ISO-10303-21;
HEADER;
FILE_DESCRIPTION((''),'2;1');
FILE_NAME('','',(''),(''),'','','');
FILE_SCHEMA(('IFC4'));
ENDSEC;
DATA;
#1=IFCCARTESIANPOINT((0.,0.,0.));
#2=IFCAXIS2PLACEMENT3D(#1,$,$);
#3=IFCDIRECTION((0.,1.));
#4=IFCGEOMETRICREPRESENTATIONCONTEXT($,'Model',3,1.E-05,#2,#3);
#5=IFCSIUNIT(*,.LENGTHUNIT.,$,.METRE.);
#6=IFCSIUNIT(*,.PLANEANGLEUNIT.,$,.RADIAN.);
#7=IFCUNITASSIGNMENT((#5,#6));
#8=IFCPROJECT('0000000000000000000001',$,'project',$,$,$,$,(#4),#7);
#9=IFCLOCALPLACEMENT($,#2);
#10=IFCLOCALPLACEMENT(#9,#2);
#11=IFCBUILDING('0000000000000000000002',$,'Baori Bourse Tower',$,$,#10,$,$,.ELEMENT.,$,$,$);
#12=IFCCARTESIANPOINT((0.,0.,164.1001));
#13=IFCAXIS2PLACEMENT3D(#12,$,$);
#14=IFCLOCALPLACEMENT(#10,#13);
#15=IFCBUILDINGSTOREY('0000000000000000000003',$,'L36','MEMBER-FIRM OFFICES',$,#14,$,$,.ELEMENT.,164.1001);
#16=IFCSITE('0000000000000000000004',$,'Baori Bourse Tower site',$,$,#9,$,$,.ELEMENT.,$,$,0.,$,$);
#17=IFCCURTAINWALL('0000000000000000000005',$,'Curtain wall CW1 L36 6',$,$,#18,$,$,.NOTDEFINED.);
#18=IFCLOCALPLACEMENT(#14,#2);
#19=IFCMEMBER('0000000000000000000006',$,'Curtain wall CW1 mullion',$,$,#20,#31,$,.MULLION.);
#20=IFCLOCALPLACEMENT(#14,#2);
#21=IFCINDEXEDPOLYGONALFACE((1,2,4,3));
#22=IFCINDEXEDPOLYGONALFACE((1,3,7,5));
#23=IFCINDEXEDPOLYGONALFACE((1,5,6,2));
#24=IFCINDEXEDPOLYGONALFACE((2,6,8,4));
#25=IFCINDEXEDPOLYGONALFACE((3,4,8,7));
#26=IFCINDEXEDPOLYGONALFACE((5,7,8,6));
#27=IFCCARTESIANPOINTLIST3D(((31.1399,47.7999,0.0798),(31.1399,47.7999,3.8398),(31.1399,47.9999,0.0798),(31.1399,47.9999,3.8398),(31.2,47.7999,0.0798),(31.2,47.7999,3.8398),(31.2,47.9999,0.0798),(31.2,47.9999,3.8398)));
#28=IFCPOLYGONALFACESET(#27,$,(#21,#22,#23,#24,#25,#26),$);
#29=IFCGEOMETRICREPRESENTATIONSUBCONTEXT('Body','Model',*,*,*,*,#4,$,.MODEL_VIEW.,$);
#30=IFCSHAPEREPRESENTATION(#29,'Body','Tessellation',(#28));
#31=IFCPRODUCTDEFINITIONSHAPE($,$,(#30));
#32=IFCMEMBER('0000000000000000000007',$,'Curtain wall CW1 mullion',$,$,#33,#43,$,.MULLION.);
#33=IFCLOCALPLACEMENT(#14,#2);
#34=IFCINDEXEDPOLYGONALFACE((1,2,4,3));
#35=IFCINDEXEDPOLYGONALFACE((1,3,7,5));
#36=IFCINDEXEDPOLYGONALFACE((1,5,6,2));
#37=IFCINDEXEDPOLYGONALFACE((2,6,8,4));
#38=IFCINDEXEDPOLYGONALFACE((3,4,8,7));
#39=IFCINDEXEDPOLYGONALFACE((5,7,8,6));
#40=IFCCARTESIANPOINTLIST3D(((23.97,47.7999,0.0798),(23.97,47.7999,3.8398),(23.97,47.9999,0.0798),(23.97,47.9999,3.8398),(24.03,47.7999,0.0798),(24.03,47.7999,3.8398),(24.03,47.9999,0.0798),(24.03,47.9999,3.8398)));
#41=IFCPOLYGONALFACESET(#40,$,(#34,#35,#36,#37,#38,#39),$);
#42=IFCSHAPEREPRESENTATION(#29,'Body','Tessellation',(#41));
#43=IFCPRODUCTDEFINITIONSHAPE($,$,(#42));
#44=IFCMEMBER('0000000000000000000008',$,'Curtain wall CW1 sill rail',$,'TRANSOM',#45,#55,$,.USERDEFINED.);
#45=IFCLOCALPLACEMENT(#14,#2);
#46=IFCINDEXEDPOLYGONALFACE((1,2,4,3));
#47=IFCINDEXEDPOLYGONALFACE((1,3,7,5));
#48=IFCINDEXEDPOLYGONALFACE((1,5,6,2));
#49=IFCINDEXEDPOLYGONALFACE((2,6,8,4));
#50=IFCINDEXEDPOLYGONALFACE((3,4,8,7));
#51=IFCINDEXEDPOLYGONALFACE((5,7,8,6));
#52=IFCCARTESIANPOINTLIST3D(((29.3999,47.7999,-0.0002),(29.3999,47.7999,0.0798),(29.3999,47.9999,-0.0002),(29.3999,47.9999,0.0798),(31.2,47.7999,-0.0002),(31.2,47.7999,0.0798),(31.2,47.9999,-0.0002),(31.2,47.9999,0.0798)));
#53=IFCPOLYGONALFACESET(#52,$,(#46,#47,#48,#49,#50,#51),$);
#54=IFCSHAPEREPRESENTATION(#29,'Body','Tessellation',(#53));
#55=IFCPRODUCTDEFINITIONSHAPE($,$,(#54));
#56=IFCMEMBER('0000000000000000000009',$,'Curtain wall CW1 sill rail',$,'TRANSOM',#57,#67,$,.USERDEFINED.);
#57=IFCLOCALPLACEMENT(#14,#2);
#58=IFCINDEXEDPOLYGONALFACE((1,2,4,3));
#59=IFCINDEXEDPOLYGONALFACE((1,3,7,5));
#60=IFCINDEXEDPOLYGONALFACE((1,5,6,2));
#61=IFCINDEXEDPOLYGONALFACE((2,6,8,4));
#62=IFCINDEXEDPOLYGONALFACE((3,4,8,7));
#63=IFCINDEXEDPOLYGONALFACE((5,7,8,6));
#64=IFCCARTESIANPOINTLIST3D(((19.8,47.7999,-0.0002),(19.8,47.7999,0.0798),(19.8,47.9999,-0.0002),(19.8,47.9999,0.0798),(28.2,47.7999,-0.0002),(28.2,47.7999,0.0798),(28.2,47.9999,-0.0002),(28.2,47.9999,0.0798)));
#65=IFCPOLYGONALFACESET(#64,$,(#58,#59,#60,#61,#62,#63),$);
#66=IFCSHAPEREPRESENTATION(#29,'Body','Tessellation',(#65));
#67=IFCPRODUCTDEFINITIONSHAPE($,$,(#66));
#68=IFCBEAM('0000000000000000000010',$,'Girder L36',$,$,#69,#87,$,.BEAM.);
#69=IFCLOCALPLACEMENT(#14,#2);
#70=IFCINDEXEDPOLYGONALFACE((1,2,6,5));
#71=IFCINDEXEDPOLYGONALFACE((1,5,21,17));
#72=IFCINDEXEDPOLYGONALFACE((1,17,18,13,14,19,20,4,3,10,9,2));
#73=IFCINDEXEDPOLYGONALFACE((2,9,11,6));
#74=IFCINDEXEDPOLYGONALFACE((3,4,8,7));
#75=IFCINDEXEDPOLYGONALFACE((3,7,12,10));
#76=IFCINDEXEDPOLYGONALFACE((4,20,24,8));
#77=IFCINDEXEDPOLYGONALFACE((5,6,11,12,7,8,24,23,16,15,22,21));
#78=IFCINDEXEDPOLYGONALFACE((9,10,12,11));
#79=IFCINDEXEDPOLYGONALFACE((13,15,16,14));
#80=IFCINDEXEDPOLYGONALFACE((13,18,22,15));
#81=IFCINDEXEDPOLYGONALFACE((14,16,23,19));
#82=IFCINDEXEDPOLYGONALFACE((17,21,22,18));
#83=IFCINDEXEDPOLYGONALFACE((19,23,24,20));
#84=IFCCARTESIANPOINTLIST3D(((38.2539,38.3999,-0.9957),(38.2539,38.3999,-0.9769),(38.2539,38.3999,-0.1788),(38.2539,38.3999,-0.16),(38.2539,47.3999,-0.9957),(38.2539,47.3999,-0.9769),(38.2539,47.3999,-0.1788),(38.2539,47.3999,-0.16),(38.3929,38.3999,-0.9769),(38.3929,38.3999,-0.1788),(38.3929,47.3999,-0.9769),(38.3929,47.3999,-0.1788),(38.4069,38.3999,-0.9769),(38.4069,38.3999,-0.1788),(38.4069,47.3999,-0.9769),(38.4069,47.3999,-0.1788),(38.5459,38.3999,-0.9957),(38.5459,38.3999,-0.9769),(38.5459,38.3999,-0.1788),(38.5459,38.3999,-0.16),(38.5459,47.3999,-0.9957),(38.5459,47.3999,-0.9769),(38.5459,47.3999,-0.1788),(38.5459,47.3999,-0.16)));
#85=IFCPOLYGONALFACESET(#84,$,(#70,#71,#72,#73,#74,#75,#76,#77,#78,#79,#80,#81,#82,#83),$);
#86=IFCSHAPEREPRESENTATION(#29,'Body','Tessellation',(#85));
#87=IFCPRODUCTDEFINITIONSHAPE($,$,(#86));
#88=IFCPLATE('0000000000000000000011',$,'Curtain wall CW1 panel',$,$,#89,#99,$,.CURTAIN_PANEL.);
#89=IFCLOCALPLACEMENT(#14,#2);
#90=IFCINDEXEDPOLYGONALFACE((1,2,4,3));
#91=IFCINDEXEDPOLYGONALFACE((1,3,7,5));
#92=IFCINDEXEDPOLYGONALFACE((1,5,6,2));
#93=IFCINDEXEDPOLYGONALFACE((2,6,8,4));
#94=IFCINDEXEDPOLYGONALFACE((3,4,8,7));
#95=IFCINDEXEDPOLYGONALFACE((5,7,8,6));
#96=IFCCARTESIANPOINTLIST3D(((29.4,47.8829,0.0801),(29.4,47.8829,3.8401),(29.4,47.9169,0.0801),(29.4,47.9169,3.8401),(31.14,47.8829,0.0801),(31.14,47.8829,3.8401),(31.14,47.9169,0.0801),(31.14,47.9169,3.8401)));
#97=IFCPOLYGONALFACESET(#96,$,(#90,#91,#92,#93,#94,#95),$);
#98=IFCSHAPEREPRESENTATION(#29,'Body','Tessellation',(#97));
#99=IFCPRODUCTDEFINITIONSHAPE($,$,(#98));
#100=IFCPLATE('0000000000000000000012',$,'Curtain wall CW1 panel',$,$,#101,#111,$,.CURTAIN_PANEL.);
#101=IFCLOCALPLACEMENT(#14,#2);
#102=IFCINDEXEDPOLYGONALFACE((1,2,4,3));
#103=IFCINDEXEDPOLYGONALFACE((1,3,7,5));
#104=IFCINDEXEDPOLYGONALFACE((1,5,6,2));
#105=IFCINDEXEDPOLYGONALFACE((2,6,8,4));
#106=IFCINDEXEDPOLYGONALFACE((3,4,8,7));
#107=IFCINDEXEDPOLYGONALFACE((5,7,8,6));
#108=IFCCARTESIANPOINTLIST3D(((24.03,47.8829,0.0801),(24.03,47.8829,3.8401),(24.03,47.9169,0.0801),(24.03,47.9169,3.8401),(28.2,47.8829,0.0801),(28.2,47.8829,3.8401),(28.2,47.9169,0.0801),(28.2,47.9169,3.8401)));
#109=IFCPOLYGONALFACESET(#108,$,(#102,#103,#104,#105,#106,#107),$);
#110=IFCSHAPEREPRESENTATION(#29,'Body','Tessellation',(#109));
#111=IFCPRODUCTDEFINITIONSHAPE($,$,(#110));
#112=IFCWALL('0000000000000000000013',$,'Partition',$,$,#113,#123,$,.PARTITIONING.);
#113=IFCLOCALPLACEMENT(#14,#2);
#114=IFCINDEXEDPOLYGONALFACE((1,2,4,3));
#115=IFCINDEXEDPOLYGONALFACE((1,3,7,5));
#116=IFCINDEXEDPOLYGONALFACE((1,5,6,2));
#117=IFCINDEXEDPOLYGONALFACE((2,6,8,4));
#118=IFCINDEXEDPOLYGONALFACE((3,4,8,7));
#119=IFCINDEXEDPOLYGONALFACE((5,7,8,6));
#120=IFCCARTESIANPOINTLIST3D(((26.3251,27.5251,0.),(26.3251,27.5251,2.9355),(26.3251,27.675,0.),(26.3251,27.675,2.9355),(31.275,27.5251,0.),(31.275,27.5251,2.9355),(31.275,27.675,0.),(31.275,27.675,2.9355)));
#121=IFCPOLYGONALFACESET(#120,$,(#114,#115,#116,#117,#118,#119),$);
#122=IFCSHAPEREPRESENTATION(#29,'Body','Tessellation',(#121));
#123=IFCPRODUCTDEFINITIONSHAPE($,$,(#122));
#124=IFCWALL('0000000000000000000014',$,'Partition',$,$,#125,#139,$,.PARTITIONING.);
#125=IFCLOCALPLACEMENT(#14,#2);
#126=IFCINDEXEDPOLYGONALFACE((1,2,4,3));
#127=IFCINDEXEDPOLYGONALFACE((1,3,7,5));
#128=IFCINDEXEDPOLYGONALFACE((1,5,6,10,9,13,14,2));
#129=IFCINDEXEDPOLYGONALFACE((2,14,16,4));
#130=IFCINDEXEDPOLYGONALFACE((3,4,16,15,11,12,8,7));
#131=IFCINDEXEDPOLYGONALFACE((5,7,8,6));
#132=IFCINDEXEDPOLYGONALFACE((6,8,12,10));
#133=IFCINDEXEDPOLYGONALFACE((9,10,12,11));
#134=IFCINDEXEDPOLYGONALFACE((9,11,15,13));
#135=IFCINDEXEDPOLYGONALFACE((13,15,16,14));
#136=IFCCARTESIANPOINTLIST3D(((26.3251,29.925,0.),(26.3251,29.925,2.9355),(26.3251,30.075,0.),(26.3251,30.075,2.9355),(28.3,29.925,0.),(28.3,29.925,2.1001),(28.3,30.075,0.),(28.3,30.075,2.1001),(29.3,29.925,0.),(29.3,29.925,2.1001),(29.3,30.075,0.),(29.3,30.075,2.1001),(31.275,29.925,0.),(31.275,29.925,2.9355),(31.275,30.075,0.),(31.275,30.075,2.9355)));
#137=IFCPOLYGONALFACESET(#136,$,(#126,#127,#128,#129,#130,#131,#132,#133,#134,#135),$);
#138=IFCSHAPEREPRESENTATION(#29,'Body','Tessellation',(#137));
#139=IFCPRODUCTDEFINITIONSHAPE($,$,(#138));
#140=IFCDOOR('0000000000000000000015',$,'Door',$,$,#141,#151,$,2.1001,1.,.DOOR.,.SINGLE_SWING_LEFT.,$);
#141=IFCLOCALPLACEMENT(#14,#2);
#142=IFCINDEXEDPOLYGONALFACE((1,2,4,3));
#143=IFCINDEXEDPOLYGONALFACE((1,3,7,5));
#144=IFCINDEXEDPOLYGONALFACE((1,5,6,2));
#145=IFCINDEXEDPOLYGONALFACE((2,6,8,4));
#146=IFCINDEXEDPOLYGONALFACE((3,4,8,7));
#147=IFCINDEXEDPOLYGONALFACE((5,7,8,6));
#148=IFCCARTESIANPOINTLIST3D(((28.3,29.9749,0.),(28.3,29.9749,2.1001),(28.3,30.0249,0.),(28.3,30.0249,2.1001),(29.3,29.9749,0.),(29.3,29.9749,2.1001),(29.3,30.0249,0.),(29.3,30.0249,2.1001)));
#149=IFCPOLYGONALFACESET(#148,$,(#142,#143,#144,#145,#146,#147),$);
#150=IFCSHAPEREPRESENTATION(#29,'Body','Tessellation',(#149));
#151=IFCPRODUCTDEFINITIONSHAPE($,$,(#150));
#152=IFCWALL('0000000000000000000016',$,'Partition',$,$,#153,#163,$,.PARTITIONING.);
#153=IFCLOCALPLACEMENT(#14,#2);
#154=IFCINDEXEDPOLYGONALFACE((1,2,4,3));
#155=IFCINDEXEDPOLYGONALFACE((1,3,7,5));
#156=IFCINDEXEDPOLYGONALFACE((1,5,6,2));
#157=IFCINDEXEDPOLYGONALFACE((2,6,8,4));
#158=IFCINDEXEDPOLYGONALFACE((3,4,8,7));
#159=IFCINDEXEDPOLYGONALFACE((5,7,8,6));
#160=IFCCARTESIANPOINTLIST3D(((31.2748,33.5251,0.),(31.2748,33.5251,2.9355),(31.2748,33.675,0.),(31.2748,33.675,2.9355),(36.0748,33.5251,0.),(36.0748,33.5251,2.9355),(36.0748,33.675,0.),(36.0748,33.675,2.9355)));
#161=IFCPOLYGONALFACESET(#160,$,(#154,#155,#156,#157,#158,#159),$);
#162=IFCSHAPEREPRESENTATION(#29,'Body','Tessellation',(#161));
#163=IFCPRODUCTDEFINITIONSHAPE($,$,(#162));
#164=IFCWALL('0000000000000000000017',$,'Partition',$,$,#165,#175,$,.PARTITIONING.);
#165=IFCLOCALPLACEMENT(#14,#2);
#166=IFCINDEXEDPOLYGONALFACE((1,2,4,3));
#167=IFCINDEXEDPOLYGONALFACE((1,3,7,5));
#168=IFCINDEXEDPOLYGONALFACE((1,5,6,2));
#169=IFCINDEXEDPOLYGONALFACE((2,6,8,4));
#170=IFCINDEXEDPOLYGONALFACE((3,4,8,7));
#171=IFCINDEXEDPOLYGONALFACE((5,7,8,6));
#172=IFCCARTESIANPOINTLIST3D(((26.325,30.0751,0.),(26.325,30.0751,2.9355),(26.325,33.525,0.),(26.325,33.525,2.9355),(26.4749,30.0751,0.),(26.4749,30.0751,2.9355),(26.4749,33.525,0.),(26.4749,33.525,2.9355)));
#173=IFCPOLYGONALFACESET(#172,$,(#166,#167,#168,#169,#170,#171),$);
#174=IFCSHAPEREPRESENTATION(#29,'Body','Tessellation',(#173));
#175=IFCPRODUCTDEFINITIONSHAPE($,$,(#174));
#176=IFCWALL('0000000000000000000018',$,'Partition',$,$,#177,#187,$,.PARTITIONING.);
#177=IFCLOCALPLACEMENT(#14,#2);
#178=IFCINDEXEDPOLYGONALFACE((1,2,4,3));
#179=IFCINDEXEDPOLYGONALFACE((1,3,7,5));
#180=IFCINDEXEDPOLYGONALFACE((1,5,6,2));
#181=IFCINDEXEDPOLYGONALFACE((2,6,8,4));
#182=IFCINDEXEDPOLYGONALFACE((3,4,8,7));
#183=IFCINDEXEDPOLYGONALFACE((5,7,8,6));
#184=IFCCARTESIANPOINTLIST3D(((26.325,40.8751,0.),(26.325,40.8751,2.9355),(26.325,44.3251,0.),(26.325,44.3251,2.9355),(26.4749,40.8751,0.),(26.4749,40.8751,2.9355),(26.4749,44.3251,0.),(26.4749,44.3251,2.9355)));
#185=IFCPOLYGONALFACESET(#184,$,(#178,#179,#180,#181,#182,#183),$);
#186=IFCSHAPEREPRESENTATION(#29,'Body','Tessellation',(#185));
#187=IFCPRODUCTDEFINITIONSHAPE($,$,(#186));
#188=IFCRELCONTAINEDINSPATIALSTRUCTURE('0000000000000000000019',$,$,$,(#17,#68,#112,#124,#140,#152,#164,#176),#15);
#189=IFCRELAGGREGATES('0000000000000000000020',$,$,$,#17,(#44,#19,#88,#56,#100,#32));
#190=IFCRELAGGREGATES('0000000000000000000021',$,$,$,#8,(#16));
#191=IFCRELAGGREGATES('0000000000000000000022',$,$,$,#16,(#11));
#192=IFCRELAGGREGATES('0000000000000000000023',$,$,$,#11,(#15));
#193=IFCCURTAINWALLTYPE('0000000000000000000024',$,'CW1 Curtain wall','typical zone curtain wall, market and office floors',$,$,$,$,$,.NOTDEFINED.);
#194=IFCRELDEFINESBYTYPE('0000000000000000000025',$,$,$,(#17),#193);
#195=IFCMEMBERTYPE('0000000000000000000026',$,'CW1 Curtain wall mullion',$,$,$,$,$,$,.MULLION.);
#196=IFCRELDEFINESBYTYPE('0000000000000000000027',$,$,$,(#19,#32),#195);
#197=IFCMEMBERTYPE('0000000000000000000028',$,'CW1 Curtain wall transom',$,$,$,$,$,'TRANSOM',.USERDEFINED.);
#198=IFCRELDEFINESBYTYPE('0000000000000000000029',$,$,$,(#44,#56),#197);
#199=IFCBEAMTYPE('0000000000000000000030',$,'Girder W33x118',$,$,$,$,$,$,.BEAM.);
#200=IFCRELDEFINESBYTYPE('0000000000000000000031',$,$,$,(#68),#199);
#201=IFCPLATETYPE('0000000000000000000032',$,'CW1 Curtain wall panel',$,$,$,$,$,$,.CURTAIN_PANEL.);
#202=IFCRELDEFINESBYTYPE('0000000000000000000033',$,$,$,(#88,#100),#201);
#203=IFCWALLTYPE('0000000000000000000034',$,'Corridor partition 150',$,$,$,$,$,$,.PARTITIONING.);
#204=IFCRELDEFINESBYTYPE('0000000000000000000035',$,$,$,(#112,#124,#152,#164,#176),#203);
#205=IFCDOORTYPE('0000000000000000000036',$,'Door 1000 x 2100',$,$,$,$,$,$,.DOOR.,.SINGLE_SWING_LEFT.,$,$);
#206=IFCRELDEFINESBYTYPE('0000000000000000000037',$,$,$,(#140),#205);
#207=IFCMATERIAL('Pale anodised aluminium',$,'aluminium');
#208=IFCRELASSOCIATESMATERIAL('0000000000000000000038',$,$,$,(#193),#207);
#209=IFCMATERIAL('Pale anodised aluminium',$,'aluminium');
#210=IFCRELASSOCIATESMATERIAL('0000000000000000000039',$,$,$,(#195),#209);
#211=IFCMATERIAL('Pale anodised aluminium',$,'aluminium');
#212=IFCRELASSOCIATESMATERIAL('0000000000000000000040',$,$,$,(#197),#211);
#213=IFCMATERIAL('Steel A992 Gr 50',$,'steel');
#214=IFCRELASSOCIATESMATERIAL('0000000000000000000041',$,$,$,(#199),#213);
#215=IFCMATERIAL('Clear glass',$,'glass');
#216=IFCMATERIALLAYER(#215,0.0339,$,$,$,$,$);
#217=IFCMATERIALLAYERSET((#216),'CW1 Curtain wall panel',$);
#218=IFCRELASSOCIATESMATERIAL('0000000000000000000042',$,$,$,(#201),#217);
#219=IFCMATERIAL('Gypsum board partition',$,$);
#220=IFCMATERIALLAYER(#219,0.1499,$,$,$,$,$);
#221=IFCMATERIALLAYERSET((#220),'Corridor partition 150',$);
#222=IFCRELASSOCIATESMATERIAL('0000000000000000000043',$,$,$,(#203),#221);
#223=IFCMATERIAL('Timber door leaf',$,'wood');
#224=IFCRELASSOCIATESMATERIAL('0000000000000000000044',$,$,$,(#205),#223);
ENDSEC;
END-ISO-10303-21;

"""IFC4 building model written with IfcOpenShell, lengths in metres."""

from ifc_helpers import new_model, si_unit, direction, frame, frame_2d, origin, origin_2d, place, context, subcontext, project, spatial, rectangle, i_section, extrude, material, layer, layer_set, material_profile, profile_set, type_object, element, fill, aggregate, save


model = new_model("IFC4")

# Units and contexts
model_context = context("Model", 3, precision=1e-05, world=origin(), true_north=direction((0.0, 1.0)))
body_context = subcontext(model_context, "Body", "Model", "MODEL_VIEW")
ifc_project = project(units=[si_unit("LENGTHUNIT", "METRE"), si_unit("PLANEANGLEUNIT", "RADIAN")], contexts=[model_context])

# Site, building, storey
site_placement = place(None, origin())
site = spatial("IfcSite", under=ifc_project, at=site_placement, Name="Baori Bourse Tower site", CompositionType="ELEMENT", RefElevation=0.0)
building_placement = place(site_placement, origin())
building = spatial("IfcBuilding", under=site, at=building_placement, Name="Baori Bourse Tower", CompositionType="ELEMENT")
storey_placement = place(building_placement, frame((0.0, 0.0, 164.1001)))
storey = spatial("IfcBuildingStorey", under=building, at=storey_placement, Name="L36", Description="MEMBER-FIRM OFFICES", CompositionType="ELEMENT", Elevation=164.1001)

# Curtain wall, members
ifc_material_1 = material(Name="Pale anodised aluminium", Category="aluminium")
curtain_wall_type = type_object("IfcCurtainWallType", Name="CW1 Curtain wall", Description="typical zone curtain wall, market and office floors", PredefinedType="NOTDEFINED", material=ifc_material_1)
curtain_wall_placement = place(storey_placement, origin())
curtain_wall = element("IfcCurtainWall", 1, at=curtain_wall_placement, inside=storey, type_object=curtain_wall_type, Name="Curtain wall CW1 L36 6", PredefinedType="NOTDEFINED")
ifc_material_2 = material(Name="Pale anodised aluminium", Category="aluminium")
ifc_material_profile_1 = material_profile(ifc_material_2, rectangle(XDim=0.2, YDim=0.0601, at=origin_2d()), Name="Mullion 60x200")
ifc_profile_set_1 = profile_set([ifc_material_profile_1], Name="Pale anodised aluminium")
member_type_1 = type_object("IfcMemberType", Name="CW1 Curtain wall mullion", PredefinedType="MULLION", material=ifc_profile_set_1)
member_1_placement = place(storey_placement, frame((31.1699, 47.8999, 0.0798), z_axis=(0.0, 0.0, 1.0), x_axis=(0.0, -1.0, 0.0)))
member_1 = element("IfcMember", 2, at=member_1_placement, type_object=member_type_1, Name="Curtain wall CW1 mullion", PredefinedType="MULLION", context=body_context, shape_type="SweptSolid", body=[
    extrude(rectangle(XDim=0.2, YDim=0.0601, at=origin_2d()), origin(), (0.0, 0.0, 1.0), 3.76),
])
member_2_placement = place(storey_placement, frame((24.0, 47.8999, 0.0798), z_axis=(0.0, 0.0, 1.0), x_axis=(0.0, -1.0, 0.0)))
member_2 = element("IfcMember", 3, at=member_2_placement, type_object=member_type_1, Name="Curtain wall CW1 mullion", PredefinedType="MULLION", context=body_context, shape_type="SweptSolid", body=[
    extrude(rectangle(XDim=0.2, YDim=0.0601, at=origin_2d()), origin(), (0.0, 0.0, 1.0), 3.76),
])
ifc_material_3 = material(Name="Pale anodised aluminium", Category="aluminium")
ifc_material_profile_2 = material_profile(ifc_material_3, rectangle(XDim=0.2, YDim=0.0801, at=origin_2d()), Name="Transom 80x200")
ifc_profile_set_2 = profile_set([ifc_material_profile_2], Name="Pale anodised aluminium")
member_type_2 = type_object("IfcMemberType", Name="CW1 Curtain wall transom", ElementType="TRANSOM", PredefinedType="USERDEFINED", material=ifc_profile_set_2)
member_3_placement = place(storey_placement, frame((31.2, 47.8999, 0.0398), z_axis=(-1.0, 0.0, 0.0), x_axis=(0.0, -1.0, 0.0)))
member_3 = element("IfcMember", 4, at=member_3_placement, type_object=member_type_2, Name="Curtain wall CW1 sill rail", ObjectType="TRANSOM", PredefinedType="USERDEFINED", context=body_context, shape_type="SweptSolid", body=[
    extrude(rectangle(XDim=0.2, YDim=0.0801, at=origin_2d()), origin(), (0.0, 0.0, 1.0), 1.8),
])
member_4_placement = place(storey_placement, frame((28.2, 47.8999, 0.0398), z_axis=(-1.0, 0.0, 0.0), x_axis=(0.0, -1.0, 0.0)))
member_4 = element("IfcMember", 5, at=member_4_placement, type_object=member_type_2, Name="Curtain wall CW1 sill rail", ObjectType="TRANSOM", PredefinedType="USERDEFINED", context=body_context, shape_type="SweptSolid", body=[
    extrude(rectangle(XDim=0.2, YDim=0.0801, at=origin_2d()), origin(), (0.0, 0.0, 1.0), 8.3999),
])

# Beam
ifc_material_4 = material(Name="Steel A992 Gr 50", Category="steel")
ifc_material_profile_3 = material_profile(ifc_material_4, i_section(OverallWidth=0.292, OverallDepth=0.8357, WebThickness=0.0139, FlangeThickness=0.0188, at=origin_2d()), Name="W33x118")
ifc_profile_set_3 = profile_set([ifc_material_profile_3], Name="Steel A992 Gr 50")
beam_type = type_object("IfcBeamType", Name="Girder W33x118", PredefinedType="BEAM", material=ifc_profile_set_3)
beam_placement = place(storey_placement, frame((38.3999, 38.3999, -0.5779), z_axis=(0.0, 1.0, 0.0), x_axis=(-1.0, 0.0, 0.0)))
element("IfcBeam", 6, at=beam_placement, inside=storey, type_object=beam_type, Name="Girder L36", PredefinedType="BEAM", context=body_context, shape_type="SweptSolid", body=[
    extrude(i_section(OverallWidth=0.292, OverallDepth=0.8357, WebThickness=0.0139, FlangeThickness=0.0188, at=origin_2d()), origin(), (0.0, 0.0, 1.0), 9.0),
])

# Plates
ifc_material_5 = material(Name="Clear glass", Category="glass")
ifc_layer_1 = layer(ifc_material_5, 0.0339)
ifc_layer_set_1 = layer_set([ifc_layer_1], Name="CW1 Curtain wall panel")
plate_type = type_object("IfcPlateType", Name="CW1 Curtain wall panel", PredefinedType="CURTAIN_PANEL", material=ifc_layer_set_1)
plate_1_placement = place(storey_placement, frame((30.27, 47.8999, 0.0801), z_axis=(0.0, 0.0, 1.0), x_axis=(-1.0, 0.0, 0.0)))
plate_1 = element("IfcPlate", 7, at=plate_1_placement, type_object=plate_type, Name="Curtain wall CW1 panel", PredefinedType="CURTAIN_PANEL", context=body_context, shape_type="SweptSolid", body=[
    extrude(rectangle(XDim=1.74, YDim=0.0339, at=origin_2d()), origin(), (0.0, 0.0, 1.0), 3.76),
])
plate_2_placement = place(storey_placement, frame((26.115, 47.8999, 0.0801), z_axis=(0.0, 0.0, 1.0), x_axis=(-1.0, 0.0, 0.0)))
plate_2 = element("IfcPlate", 8, at=plate_2_placement, type_object=plate_type, Name="Curtain wall CW1 panel", PredefinedType="CURTAIN_PANEL", context=body_context, shape_type="SweptSolid", body=[
    extrude(rectangle(XDim=4.1699, YDim=0.0339, at=origin_2d()), origin(), (0.0, 0.0, 1.0), 3.76),
])
aggregate(curtain_wall, [member_3, member_1, plate_1, member_4, plate_2, member_2])

# Wall
ifc_material_6 = material(Name="Gypsum board partition")
ifc_layer_2 = layer(ifc_material_6, 0.1499)
ifc_layer_set_2 = layer_set([ifc_layer_2], Name="Corridor partition 150")
wall_type_1 = type_object("IfcWallType", Name="Corridor partition 150", PredefinedType="PARTITIONING", material=ifc_layer_set_2)
wall_1_placement = place(storey_placement, frame((26.325, 27.6001, 0.0), z_axis=(0.0, 0.0, 1.0), x_axis=(1.0, 0.0, 0.0)))
element("IfcWall", 9, at=wall_1_placement, inside=storey, type_object=wall_type_1, Name="Partition", PredefinedType="PARTITIONING", context=body_context, shape_type="SweptSolid", body=[
    extrude(rectangle(XDim=4.95, YDim=0.1499, at=frame_2d((2.4751, 0.0))), origin(), (0.0, 0.0, 1.0), 2.9355),
])

# Wall, opening, door
wall_2_placement = place(storey_placement, frame((26.325, 30.0, 0.0), z_axis=(0.0, 0.0, 1.0), x_axis=(1.0, 0.0, 0.0)))
wall_2 = element("IfcWall", 10, at=wall_2_placement, inside=storey, type_object=wall_type_1, Name="Partition", PredefinedType="PARTITIONING", context=body_context, shape_type="SweptSolid", body=[
    extrude(rectangle(XDim=4.95, YDim=0.1499, at=frame_2d((2.4751, 0.0))), origin(), (0.0, 0.0, 1.0), 2.9355),
])
opening_placement = place(wall_2_placement, frame((1.9751, 0.0, 0.0)))
opening = element("IfcOpeningElement", 11, at=opening_placement, cuts=wall_2, PredefinedType="OPENING", context=body_context, shape_type="SweptSolid", body=[
    extrude(rectangle(XDim=1.0, YDim=2.1001, at=frame_2d((0.5, 1.05))), frame((0.0, 0.085, 0.0), z_axis=(0.0, -1.0, 0.0), x_axis=(1.0, 0.0, 0.0)), (0.0, 0.0, 1.0), 0.1699),
])
ifc_material_7 = material(Name="Timber door leaf", Category="wood")
door_type = type_object("IfcDoorType", Name="Door 1000 x 2100", OperationType="SINGLE_SWING_LEFT", PredefinedType="DOOR", material=ifc_material_7)
door_placement = place(opening_placement, origin())
door = element("IfcDoor", 12, at=door_placement, inside=storey, type_object=door_type, Name="Door", OperationType="SINGLE_SWING_LEFT", OverallHeight=2.1001, OverallWidth=1.0, PredefinedType="DOOR", context=body_context, shape_type="SweptSolid", body=[
    extrude(rectangle(XDim=1.0, YDim=2.1001, at=frame_2d((0.5, 1.05))), frame((0.0, 0.0249, 0.0), z_axis=(0.0, -1.0, 0.0), x_axis=(1.0, 0.0, 0.0)), (0.0, 0.0, 1.0), 0.05),
])
fill(opening, door)

# Walls
wall_3_placement = place(storey_placement, frame((31.2749, 33.6001, 0.0), z_axis=(0.0, 0.0, 1.0), x_axis=(1.0, 0.0, 0.0)))
element("IfcWall", 13, at=wall_3_placement, inside=storey, type_object=wall_type_1, Name="Partition", PredefinedType="PARTITIONING", context=body_context, shape_type="SweptSolid", body=[
    extrude(rectangle(XDim=4.8, YDim=0.1499, at=frame_2d((2.3999, 0.0))), origin(), (0.0, 0.0, 1.0), 2.9355),
])
for number, where, z_axis, x_axis, name in (
    (14, (26.3999, 30.075, 0.0), (0.0, 0.0, 1.0), (0.0, 1.0, 0.0), "Partition"),
    (15, (26.3999, 40.875, 0.0), (0.0, 0.0, 1.0), (0.0, 1.0, 0.0), "Partition"),
):
    element("IfcWall", number, at=place(storey_placement, frame(where, z_axis=z_axis, x_axis=x_axis)), inside=storey, type_object=wall_type_1, Name=name, PredefinedType="PARTITIONING", context=body_context, shape_type="SweptSolid", body=[
        extrude(rectangle(XDim=3.45, YDim=0.1499, at=frame_2d((1.7251, 0.0))), origin(), (0.0, 0.0, 1.0), 2.9355),
    ])

save(model, "model.ifc")
